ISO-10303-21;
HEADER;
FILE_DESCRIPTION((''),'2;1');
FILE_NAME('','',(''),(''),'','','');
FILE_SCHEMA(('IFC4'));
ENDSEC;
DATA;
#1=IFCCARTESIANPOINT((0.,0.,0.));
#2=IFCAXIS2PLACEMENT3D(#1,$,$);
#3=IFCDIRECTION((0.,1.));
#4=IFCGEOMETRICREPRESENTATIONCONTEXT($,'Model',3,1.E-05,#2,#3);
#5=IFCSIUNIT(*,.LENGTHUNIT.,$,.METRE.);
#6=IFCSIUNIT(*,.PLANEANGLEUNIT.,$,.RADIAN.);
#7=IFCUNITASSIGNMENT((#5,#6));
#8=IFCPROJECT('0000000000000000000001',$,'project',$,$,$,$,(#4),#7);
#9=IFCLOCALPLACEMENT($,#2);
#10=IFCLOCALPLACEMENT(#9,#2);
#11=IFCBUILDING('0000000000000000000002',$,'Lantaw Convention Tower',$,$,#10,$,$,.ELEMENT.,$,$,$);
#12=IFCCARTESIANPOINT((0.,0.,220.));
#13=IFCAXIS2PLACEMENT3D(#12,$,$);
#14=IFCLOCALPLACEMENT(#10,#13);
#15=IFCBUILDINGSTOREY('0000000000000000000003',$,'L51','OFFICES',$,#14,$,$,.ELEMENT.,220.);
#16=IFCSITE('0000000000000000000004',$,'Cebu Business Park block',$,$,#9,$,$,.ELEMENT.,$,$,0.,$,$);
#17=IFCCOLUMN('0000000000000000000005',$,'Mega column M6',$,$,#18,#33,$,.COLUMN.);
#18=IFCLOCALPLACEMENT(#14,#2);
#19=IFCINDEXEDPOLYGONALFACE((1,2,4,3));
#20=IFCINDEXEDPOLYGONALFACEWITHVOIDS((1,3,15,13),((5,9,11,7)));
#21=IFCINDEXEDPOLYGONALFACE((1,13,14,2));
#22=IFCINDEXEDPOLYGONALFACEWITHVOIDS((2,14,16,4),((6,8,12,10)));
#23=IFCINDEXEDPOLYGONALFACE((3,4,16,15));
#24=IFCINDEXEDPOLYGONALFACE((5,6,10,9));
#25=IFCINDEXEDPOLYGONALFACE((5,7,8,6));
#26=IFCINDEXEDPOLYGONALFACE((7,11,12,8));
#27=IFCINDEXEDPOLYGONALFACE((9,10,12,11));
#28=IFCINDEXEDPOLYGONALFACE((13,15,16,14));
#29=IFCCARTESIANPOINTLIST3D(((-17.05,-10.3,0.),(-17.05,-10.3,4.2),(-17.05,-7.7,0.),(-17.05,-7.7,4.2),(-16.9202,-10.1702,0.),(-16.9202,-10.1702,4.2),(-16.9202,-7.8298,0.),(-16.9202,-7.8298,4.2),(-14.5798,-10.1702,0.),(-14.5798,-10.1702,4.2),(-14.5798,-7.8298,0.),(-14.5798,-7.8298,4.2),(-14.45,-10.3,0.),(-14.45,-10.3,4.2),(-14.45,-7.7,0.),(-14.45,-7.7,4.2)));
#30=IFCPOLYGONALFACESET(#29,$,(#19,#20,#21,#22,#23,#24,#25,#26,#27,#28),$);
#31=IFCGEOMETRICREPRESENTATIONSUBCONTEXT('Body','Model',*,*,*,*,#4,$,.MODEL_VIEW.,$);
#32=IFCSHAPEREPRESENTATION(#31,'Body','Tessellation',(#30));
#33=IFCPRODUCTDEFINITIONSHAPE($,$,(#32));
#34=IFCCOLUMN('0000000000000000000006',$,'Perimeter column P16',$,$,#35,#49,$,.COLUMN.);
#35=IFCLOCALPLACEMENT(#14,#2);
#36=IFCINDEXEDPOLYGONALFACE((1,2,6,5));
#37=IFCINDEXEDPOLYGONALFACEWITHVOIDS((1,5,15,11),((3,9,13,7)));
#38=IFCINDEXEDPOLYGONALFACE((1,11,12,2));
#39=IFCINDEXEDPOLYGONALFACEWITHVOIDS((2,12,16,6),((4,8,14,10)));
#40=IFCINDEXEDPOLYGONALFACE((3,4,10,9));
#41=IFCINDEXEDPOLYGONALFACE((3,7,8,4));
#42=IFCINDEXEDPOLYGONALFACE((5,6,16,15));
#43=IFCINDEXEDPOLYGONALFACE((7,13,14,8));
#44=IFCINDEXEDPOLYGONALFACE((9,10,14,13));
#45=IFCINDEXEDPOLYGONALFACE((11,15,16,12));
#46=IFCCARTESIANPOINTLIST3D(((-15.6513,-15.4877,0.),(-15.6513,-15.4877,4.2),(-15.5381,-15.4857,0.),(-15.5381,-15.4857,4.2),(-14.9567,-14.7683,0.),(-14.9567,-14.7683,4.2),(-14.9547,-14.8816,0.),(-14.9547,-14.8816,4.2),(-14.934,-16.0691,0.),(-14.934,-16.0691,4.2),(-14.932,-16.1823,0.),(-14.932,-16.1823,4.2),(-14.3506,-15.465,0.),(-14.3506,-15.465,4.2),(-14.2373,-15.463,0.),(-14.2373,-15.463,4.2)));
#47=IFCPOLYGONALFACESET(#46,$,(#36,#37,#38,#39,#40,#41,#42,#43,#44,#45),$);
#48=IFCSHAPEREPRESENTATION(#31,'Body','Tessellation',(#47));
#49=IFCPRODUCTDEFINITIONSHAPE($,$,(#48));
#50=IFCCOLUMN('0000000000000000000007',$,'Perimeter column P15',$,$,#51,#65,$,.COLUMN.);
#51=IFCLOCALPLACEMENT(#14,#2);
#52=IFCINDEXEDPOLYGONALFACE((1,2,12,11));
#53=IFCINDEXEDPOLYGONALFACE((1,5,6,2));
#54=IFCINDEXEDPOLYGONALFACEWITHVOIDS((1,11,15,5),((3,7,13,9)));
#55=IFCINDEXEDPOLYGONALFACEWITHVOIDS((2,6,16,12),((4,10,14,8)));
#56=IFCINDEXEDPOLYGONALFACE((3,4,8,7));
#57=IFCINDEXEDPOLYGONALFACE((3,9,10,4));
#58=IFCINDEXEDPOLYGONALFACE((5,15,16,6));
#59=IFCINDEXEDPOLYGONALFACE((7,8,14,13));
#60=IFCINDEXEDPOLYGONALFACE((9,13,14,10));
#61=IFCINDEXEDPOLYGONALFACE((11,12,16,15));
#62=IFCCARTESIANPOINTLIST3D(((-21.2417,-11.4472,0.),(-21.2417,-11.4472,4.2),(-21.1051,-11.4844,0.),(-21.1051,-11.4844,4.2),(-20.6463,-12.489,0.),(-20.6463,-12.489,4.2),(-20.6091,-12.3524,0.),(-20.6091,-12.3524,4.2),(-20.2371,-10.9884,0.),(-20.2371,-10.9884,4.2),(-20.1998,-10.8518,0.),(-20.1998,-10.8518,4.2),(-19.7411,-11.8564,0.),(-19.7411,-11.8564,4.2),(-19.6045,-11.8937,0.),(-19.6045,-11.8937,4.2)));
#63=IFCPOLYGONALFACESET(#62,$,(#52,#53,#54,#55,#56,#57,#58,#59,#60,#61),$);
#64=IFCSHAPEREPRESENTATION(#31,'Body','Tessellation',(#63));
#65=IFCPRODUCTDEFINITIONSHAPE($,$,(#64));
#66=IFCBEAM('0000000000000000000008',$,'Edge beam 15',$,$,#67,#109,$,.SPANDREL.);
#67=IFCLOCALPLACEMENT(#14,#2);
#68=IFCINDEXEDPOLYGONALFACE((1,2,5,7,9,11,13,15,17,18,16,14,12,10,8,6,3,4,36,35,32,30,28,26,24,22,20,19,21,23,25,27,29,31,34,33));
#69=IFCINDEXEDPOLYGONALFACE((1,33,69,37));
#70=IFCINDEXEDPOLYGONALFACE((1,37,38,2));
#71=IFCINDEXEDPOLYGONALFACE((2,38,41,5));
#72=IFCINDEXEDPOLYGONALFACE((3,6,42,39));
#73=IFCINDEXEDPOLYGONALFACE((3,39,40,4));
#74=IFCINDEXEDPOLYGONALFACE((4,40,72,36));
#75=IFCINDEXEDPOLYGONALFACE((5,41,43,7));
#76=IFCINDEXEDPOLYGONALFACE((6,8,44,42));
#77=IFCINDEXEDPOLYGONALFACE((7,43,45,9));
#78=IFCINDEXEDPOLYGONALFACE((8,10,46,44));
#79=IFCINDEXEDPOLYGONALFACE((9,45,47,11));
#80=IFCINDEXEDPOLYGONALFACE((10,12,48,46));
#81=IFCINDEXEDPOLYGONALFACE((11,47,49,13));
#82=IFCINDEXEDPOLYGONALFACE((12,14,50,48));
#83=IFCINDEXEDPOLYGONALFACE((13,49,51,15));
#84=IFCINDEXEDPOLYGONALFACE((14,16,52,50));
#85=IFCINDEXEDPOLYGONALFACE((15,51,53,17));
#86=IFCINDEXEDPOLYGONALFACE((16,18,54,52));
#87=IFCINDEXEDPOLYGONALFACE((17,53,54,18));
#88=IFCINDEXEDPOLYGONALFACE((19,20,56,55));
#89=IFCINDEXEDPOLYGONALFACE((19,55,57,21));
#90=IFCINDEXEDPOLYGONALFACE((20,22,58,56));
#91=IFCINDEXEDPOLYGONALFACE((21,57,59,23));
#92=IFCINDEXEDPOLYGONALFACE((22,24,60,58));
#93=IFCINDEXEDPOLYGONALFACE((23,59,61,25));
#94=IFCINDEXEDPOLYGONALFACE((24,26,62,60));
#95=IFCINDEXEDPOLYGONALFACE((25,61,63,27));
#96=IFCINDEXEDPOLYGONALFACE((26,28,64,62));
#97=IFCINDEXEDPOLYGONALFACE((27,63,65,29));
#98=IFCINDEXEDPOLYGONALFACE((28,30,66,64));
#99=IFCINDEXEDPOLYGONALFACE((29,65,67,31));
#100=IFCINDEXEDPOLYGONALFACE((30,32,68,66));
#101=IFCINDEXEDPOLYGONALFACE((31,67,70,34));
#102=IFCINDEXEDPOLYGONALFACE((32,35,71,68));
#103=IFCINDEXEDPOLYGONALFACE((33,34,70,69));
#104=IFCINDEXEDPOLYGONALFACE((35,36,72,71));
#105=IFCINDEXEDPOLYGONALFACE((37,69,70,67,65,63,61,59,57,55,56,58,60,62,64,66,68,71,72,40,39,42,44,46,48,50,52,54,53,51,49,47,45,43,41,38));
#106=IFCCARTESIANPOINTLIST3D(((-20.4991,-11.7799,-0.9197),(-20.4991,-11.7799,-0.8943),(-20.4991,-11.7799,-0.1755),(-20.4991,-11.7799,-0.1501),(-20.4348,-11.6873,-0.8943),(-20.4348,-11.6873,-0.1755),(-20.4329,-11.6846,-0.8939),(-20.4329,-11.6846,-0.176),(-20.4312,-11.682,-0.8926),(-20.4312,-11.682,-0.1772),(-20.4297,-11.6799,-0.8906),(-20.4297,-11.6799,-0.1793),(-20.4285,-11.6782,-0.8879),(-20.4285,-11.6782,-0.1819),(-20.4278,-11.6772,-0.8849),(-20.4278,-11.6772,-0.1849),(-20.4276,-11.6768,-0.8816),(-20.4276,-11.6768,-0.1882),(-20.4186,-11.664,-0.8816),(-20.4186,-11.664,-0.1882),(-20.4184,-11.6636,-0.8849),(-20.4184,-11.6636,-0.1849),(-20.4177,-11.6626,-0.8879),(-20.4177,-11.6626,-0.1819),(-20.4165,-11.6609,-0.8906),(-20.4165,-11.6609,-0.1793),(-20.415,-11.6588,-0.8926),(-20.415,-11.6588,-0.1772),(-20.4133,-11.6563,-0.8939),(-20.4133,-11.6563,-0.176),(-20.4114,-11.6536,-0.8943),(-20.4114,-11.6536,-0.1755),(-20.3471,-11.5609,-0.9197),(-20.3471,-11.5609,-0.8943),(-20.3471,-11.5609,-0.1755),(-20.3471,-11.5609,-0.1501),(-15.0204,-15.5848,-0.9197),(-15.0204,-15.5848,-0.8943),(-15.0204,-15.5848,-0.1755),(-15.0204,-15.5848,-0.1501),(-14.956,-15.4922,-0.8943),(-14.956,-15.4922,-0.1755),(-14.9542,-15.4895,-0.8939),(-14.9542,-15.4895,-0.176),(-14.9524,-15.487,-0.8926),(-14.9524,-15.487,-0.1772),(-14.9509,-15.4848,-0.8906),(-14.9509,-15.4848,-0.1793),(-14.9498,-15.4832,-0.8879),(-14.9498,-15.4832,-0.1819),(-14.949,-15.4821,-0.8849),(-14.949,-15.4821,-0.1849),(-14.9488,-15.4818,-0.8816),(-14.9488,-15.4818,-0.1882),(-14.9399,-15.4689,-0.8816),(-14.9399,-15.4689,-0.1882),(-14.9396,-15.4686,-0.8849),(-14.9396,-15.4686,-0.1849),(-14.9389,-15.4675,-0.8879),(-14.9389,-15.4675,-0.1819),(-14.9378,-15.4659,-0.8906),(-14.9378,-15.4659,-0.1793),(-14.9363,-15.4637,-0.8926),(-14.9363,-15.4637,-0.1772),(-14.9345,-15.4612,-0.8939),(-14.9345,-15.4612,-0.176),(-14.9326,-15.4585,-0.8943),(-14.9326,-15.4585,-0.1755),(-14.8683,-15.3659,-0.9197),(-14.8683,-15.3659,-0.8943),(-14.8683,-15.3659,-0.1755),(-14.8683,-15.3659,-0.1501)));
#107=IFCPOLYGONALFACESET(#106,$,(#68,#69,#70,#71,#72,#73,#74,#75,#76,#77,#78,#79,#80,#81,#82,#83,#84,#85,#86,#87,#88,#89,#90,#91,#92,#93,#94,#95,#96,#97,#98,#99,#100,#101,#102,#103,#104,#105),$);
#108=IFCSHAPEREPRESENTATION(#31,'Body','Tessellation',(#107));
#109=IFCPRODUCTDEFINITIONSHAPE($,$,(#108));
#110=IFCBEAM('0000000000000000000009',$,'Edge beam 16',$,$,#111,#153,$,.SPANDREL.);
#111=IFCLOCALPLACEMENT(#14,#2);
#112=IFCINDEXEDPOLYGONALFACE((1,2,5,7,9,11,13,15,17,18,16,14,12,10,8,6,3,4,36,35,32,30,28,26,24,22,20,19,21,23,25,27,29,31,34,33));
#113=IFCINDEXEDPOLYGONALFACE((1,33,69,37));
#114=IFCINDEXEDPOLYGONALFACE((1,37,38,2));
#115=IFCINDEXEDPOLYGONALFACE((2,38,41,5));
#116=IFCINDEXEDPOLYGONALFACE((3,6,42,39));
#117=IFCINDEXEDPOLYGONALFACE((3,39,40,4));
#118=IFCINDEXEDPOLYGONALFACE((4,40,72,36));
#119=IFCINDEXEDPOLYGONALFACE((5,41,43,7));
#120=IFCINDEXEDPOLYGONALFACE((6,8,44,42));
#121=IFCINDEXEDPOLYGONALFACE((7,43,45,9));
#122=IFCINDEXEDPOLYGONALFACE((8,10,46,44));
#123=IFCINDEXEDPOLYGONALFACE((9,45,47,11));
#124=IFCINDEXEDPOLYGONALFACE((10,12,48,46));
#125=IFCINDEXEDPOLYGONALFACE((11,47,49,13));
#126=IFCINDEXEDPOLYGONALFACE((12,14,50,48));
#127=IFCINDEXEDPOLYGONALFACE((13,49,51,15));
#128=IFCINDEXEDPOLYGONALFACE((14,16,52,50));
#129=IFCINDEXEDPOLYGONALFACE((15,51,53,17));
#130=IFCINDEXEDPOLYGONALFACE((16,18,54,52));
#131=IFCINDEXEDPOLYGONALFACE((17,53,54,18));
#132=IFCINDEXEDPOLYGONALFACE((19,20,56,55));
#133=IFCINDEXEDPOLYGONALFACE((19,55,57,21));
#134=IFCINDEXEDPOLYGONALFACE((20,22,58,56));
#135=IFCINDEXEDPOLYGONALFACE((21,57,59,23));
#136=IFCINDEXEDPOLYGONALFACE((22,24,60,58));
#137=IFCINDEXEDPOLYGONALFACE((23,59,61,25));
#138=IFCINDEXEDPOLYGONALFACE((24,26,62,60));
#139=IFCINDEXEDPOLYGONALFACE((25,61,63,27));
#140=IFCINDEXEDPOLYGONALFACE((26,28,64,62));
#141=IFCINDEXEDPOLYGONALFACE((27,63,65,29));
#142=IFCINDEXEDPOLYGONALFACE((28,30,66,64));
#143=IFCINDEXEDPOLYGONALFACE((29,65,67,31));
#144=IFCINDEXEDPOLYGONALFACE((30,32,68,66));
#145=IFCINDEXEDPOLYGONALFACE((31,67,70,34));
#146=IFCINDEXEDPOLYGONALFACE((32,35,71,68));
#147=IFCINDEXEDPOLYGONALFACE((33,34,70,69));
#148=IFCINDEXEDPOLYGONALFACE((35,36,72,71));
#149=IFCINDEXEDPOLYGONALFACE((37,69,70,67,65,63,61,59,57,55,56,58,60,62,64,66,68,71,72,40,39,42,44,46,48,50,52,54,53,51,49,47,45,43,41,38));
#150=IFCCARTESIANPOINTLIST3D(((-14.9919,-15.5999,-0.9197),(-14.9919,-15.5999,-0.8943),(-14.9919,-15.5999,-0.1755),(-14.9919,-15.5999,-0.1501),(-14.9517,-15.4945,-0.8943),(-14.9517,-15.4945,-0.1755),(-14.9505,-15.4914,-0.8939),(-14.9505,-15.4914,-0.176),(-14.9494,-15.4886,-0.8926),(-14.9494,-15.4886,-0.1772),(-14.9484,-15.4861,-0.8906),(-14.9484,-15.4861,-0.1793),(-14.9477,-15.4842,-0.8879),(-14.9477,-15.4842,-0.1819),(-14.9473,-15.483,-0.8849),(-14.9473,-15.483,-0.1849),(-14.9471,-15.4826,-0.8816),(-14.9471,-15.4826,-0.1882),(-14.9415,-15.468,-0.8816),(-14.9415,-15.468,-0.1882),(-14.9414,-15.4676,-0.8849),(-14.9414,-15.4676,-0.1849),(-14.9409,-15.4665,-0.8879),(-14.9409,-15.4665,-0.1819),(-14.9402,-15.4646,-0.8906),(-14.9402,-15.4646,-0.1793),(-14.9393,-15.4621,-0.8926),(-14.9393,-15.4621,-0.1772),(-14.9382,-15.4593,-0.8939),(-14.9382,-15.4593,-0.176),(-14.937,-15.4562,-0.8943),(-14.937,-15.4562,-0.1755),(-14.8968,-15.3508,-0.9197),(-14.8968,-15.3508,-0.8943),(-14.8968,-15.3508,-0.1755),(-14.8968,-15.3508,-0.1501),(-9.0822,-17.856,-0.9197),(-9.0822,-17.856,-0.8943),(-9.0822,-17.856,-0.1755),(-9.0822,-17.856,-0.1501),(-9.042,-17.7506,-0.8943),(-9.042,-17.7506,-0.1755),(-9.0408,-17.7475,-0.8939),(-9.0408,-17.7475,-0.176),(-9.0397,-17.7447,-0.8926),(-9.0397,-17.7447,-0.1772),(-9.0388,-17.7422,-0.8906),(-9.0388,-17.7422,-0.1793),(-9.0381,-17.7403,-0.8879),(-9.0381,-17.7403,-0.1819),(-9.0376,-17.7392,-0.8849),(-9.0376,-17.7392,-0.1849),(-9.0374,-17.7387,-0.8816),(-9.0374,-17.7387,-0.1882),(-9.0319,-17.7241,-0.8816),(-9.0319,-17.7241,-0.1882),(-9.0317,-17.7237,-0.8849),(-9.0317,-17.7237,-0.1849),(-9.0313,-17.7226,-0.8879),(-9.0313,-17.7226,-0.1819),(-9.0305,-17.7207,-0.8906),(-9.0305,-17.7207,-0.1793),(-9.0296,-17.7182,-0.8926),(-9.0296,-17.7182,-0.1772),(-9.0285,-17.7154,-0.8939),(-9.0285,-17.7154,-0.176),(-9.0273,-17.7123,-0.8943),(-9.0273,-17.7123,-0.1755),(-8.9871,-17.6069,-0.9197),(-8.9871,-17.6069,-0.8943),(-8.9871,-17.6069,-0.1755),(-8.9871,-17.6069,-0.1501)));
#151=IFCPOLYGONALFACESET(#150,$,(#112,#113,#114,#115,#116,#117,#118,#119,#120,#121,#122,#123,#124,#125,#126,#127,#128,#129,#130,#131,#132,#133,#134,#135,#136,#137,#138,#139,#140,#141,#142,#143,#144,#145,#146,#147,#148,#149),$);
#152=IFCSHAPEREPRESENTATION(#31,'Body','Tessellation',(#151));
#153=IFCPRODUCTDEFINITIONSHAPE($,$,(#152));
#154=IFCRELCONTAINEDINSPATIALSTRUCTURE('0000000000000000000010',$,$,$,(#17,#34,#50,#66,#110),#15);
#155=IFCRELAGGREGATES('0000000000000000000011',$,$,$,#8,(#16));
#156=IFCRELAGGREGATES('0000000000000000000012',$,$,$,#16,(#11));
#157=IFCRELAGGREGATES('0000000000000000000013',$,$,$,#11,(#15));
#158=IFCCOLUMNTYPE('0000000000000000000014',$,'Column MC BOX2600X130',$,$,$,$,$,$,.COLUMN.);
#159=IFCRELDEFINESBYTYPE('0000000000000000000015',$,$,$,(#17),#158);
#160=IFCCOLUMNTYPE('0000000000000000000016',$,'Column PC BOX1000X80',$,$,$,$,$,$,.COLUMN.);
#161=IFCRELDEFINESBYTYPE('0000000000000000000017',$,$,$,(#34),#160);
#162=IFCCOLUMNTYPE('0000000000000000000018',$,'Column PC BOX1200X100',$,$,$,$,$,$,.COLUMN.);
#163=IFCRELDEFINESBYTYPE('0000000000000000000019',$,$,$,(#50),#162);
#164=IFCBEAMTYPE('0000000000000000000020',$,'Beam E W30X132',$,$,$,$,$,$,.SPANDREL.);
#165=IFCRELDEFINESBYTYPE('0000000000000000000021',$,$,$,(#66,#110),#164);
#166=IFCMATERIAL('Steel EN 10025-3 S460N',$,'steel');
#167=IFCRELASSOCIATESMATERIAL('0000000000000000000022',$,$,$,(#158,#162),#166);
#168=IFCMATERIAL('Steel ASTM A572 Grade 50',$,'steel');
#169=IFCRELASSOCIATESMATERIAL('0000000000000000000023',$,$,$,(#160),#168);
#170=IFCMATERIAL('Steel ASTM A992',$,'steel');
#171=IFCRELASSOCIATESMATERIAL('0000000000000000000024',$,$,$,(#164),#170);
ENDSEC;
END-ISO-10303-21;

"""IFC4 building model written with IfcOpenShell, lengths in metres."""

from ifc_helpers import new_model, si_unit, direction, frame, origin, origin_2d, place, context, subcontext, project, spatial, rectangle, hollow_rectangle, i_section, extrude, material, material_profile, profile_set, type_object, element, save


model = new_model("IFC4")

# Units and contexts
model_context = context("Model", 3, precision=1e-05, world=origin(), true_north=direction((0.0, 1.0)))
body_context = subcontext(model_context, "Body", "Model", "MODEL_VIEW")
ifc_project = project(units=[si_unit("LENGTHUNIT", "METRE"), si_unit("PLANEANGLEUNIT", "RADIAN")], contexts=[model_context])

# Site, building, storey
site_placement = place(None, origin())
site = spatial("IfcSite", under=ifc_project, at=site_placement, Name="Cebu Business Park block", CompositionType="ELEMENT", RefElevation=0.0)
building_placement = place(site_placement, origin())
building = spatial("IfcBuilding", under=site, at=building_placement, Name="Lantaw Convention Tower", CompositionType="ELEMENT")
storey_placement = place(building_placement, frame((0.0, 0.0, 220.0)))
storey = spatial("IfcBuildingStorey", under=building, at=storey_placement, Name="L51", Description="OFFICES", CompositionType="ELEMENT", Elevation=220.0)

# Columns
ifc_material_1 = material(Name="Steel EN 10025-3 S460N", Category="steel")
ifc_material_profile_1 = material_profile(ifc_material_1, hollow_rectangle(XDim=2.6001, YDim=2.6001, WallThickness=0.1299, at=origin_2d()), Name="BOX2600X130")
ifc_material_2 = material(Name="Concrete C60/75", Category="concrete")
ifc_material_profile_2 = material_profile(ifc_material_2, rectangle(XDim=2.3401, YDim=2.3401, at=origin_2d()), Name="Concrete fill of BOX2600X130")
ifc_profile_set_1 = profile_set([ifc_material_profile_1, ifc_material_profile_2], Name="Steel EN 10025-3 S460N")
column_type_1 = type_object("IfcColumnType", Name="Column MC BOX2600X130", PredefinedType="COLUMN", material=ifc_profile_set_1)
column_1_placement = place(storey_placement, frame((-15.75, -9.0, 0.0), z_axis=(0.0, 0.0, 1.0), x_axis=(1.0, 0.0, 0.0)))
element("IfcColumn", 1, at=column_1_placement, inside=storey, type_object=column_type_1, Name="Mega column M6", PredefinedType="COLUMN", context=body_context, shape_type="SweptSolid", body=[
    extrude(hollow_rectangle(XDim=2.6001, YDim=2.6001, WallThickness=0.1299, at=origin_2d()), origin(), (0.0, 0.0, 1.0), 4.2),
])
ifc_material_3 = material(Name="Steel ASTM A572 Grade 50", Category="steel")
ifc_material_profile_3 = material_profile(ifc_material_3, hollow_rectangle(XDim=1.0, YDim=1.0, WallThickness=0.0801, at=origin_2d()), Name="BOX1000X80")
ifc_material_profile_4 = material_profile(ifc_material_2, rectangle(XDim=0.8401, YDim=0.8401, at=origin_2d()), Name="Concrete fill of BOX1000X80")
ifc_profile_set_2 = profile_set([ifc_material_profile_3, ifc_material_profile_4], Name="Steel ASTM A572 Grade 50")
column_type_2 = type_object("IfcColumnType", Name="Column PC BOX1000X80", PredefinedType="COLUMN", material=ifc_profile_set_2)
column_2_placement = place(storey_placement, frame((-14.9443, -15.4753, 0.0), z_axis=(0.0, 0.0, 1.0), x_axis=(0.694658, 0.71934, 0.0)))
element("IfcColumn", 2, at=column_2_placement, inside=storey, type_object=column_type_2, Name="Perimeter column P16", PredefinedType="COLUMN", context=body_context, shape_type="SweptSolid", body=[
    extrude(hollow_rectangle(XDim=1.0, YDim=1.0, WallThickness=0.0801, at=origin_2d()), origin(), (0.0, 0.0, 1.0), 4.2),
])
ifc_material_profile_5 = material_profile(ifc_material_1, hollow_rectangle(XDim=1.2, YDim=1.2, WallThickness=0.1001, at=origin_2d()), Name="BOX1200X100")
ifc_material_profile_6 = material_profile(ifc_material_2, rectangle(XDim=1.0, YDim=1.0, at=origin_2d()), Name="Concrete fill of BOX1200X100")
ifc_profile_set_3 = profile_set([ifc_material_profile_5, ifc_material_profile_6], Name="Steel EN 10025-3 S460N")
column_type_3 = type_object("IfcColumnType", Name="Column PC BOX1200X100", PredefinedType="COLUMN", material=ifc_profile_set_3)
column_3_placement = place(storey_placement, frame((-20.4231, -11.6704, 0.0), z_axis=(0.0, 0.0, 1.0), x_axis=(0.868243, 0.496139, 0.0)))
element("IfcColumn", 3, at=column_3_placement, inside=storey, type_object=column_type_3, Name="Perimeter column P15", PredefinedType="COLUMN", context=body_context, shape_type="SweptSolid", body=[
    extrude(hollow_rectangle(XDim=1.2, YDim=1.2, WallThickness=0.1001, at=origin_2d()), origin(), (0.0, 0.0, 1.0), 4.2),
])

# Beams
ifc_material_4 = material(Name="Steel ASTM A992", Category="steel")
ifc_material_profile_7 = material_profile(ifc_material_4, i_section(OverallWidth=0.2666, OverallDepth=0.7695, WebThickness=0.0156, FlangeThickness=0.0254, FilletRadius=0.0127, at=origin_2d()), Name="W30X132")
ifc_profile_set_4 = profile_set([ifc_material_profile_7], Name="Steel ASTM A992")
beam_type_1 = type_object("IfcBeamType", Name="Beam E W30X132", PredefinedType="SPANDREL", material=ifc_profile_set_4)
beam_1_placement = place(storey_placement, frame((-20.4231, -11.6704, -0.5349), z_axis=(0.821353, -0.57042, 0.0), x_axis=(0.57042, 0.821353, 0.0)))
element("IfcBeam", 4, at=beam_1_placement, inside=storey, type_object=beam_type_1, Name="Edge beam 15", PredefinedType="SPANDREL", context=body_context, shape_type="SweptSolid", body=[
    extrude(i_section(OverallWidth=0.2666, OverallDepth=0.7695, WebThickness=0.0156, FlangeThickness=0.0254, FilletRadius=0.0127, at=origin_2d()), origin(), (0.0, 0.0, 1.0), 6.6704),
])
beam_2_placement = place(storey_placement, frame((-14.9443, -15.4753, -0.5349), z_axis=(0.934235, -0.356658, 0.0), x_axis=(0.356658, 0.934235, 0.0)))
element("IfcBeam", 5, at=beam_2_placement, inside=storey, type_object=beam_type_1, Name="Edge beam 16", PredefinedType="SPANDREL", context=body_context, shape_type="SweptSolid", body=[
    extrude(i_section(OverallWidth=0.2666, OverallDepth=0.7695, WebThickness=0.0156, FlangeThickness=0.0254, FilletRadius=0.0127, at=origin_2d()), origin(), (0.0, 0.0, 1.0), 6.3257),
])

save(model, "model.ifc")
